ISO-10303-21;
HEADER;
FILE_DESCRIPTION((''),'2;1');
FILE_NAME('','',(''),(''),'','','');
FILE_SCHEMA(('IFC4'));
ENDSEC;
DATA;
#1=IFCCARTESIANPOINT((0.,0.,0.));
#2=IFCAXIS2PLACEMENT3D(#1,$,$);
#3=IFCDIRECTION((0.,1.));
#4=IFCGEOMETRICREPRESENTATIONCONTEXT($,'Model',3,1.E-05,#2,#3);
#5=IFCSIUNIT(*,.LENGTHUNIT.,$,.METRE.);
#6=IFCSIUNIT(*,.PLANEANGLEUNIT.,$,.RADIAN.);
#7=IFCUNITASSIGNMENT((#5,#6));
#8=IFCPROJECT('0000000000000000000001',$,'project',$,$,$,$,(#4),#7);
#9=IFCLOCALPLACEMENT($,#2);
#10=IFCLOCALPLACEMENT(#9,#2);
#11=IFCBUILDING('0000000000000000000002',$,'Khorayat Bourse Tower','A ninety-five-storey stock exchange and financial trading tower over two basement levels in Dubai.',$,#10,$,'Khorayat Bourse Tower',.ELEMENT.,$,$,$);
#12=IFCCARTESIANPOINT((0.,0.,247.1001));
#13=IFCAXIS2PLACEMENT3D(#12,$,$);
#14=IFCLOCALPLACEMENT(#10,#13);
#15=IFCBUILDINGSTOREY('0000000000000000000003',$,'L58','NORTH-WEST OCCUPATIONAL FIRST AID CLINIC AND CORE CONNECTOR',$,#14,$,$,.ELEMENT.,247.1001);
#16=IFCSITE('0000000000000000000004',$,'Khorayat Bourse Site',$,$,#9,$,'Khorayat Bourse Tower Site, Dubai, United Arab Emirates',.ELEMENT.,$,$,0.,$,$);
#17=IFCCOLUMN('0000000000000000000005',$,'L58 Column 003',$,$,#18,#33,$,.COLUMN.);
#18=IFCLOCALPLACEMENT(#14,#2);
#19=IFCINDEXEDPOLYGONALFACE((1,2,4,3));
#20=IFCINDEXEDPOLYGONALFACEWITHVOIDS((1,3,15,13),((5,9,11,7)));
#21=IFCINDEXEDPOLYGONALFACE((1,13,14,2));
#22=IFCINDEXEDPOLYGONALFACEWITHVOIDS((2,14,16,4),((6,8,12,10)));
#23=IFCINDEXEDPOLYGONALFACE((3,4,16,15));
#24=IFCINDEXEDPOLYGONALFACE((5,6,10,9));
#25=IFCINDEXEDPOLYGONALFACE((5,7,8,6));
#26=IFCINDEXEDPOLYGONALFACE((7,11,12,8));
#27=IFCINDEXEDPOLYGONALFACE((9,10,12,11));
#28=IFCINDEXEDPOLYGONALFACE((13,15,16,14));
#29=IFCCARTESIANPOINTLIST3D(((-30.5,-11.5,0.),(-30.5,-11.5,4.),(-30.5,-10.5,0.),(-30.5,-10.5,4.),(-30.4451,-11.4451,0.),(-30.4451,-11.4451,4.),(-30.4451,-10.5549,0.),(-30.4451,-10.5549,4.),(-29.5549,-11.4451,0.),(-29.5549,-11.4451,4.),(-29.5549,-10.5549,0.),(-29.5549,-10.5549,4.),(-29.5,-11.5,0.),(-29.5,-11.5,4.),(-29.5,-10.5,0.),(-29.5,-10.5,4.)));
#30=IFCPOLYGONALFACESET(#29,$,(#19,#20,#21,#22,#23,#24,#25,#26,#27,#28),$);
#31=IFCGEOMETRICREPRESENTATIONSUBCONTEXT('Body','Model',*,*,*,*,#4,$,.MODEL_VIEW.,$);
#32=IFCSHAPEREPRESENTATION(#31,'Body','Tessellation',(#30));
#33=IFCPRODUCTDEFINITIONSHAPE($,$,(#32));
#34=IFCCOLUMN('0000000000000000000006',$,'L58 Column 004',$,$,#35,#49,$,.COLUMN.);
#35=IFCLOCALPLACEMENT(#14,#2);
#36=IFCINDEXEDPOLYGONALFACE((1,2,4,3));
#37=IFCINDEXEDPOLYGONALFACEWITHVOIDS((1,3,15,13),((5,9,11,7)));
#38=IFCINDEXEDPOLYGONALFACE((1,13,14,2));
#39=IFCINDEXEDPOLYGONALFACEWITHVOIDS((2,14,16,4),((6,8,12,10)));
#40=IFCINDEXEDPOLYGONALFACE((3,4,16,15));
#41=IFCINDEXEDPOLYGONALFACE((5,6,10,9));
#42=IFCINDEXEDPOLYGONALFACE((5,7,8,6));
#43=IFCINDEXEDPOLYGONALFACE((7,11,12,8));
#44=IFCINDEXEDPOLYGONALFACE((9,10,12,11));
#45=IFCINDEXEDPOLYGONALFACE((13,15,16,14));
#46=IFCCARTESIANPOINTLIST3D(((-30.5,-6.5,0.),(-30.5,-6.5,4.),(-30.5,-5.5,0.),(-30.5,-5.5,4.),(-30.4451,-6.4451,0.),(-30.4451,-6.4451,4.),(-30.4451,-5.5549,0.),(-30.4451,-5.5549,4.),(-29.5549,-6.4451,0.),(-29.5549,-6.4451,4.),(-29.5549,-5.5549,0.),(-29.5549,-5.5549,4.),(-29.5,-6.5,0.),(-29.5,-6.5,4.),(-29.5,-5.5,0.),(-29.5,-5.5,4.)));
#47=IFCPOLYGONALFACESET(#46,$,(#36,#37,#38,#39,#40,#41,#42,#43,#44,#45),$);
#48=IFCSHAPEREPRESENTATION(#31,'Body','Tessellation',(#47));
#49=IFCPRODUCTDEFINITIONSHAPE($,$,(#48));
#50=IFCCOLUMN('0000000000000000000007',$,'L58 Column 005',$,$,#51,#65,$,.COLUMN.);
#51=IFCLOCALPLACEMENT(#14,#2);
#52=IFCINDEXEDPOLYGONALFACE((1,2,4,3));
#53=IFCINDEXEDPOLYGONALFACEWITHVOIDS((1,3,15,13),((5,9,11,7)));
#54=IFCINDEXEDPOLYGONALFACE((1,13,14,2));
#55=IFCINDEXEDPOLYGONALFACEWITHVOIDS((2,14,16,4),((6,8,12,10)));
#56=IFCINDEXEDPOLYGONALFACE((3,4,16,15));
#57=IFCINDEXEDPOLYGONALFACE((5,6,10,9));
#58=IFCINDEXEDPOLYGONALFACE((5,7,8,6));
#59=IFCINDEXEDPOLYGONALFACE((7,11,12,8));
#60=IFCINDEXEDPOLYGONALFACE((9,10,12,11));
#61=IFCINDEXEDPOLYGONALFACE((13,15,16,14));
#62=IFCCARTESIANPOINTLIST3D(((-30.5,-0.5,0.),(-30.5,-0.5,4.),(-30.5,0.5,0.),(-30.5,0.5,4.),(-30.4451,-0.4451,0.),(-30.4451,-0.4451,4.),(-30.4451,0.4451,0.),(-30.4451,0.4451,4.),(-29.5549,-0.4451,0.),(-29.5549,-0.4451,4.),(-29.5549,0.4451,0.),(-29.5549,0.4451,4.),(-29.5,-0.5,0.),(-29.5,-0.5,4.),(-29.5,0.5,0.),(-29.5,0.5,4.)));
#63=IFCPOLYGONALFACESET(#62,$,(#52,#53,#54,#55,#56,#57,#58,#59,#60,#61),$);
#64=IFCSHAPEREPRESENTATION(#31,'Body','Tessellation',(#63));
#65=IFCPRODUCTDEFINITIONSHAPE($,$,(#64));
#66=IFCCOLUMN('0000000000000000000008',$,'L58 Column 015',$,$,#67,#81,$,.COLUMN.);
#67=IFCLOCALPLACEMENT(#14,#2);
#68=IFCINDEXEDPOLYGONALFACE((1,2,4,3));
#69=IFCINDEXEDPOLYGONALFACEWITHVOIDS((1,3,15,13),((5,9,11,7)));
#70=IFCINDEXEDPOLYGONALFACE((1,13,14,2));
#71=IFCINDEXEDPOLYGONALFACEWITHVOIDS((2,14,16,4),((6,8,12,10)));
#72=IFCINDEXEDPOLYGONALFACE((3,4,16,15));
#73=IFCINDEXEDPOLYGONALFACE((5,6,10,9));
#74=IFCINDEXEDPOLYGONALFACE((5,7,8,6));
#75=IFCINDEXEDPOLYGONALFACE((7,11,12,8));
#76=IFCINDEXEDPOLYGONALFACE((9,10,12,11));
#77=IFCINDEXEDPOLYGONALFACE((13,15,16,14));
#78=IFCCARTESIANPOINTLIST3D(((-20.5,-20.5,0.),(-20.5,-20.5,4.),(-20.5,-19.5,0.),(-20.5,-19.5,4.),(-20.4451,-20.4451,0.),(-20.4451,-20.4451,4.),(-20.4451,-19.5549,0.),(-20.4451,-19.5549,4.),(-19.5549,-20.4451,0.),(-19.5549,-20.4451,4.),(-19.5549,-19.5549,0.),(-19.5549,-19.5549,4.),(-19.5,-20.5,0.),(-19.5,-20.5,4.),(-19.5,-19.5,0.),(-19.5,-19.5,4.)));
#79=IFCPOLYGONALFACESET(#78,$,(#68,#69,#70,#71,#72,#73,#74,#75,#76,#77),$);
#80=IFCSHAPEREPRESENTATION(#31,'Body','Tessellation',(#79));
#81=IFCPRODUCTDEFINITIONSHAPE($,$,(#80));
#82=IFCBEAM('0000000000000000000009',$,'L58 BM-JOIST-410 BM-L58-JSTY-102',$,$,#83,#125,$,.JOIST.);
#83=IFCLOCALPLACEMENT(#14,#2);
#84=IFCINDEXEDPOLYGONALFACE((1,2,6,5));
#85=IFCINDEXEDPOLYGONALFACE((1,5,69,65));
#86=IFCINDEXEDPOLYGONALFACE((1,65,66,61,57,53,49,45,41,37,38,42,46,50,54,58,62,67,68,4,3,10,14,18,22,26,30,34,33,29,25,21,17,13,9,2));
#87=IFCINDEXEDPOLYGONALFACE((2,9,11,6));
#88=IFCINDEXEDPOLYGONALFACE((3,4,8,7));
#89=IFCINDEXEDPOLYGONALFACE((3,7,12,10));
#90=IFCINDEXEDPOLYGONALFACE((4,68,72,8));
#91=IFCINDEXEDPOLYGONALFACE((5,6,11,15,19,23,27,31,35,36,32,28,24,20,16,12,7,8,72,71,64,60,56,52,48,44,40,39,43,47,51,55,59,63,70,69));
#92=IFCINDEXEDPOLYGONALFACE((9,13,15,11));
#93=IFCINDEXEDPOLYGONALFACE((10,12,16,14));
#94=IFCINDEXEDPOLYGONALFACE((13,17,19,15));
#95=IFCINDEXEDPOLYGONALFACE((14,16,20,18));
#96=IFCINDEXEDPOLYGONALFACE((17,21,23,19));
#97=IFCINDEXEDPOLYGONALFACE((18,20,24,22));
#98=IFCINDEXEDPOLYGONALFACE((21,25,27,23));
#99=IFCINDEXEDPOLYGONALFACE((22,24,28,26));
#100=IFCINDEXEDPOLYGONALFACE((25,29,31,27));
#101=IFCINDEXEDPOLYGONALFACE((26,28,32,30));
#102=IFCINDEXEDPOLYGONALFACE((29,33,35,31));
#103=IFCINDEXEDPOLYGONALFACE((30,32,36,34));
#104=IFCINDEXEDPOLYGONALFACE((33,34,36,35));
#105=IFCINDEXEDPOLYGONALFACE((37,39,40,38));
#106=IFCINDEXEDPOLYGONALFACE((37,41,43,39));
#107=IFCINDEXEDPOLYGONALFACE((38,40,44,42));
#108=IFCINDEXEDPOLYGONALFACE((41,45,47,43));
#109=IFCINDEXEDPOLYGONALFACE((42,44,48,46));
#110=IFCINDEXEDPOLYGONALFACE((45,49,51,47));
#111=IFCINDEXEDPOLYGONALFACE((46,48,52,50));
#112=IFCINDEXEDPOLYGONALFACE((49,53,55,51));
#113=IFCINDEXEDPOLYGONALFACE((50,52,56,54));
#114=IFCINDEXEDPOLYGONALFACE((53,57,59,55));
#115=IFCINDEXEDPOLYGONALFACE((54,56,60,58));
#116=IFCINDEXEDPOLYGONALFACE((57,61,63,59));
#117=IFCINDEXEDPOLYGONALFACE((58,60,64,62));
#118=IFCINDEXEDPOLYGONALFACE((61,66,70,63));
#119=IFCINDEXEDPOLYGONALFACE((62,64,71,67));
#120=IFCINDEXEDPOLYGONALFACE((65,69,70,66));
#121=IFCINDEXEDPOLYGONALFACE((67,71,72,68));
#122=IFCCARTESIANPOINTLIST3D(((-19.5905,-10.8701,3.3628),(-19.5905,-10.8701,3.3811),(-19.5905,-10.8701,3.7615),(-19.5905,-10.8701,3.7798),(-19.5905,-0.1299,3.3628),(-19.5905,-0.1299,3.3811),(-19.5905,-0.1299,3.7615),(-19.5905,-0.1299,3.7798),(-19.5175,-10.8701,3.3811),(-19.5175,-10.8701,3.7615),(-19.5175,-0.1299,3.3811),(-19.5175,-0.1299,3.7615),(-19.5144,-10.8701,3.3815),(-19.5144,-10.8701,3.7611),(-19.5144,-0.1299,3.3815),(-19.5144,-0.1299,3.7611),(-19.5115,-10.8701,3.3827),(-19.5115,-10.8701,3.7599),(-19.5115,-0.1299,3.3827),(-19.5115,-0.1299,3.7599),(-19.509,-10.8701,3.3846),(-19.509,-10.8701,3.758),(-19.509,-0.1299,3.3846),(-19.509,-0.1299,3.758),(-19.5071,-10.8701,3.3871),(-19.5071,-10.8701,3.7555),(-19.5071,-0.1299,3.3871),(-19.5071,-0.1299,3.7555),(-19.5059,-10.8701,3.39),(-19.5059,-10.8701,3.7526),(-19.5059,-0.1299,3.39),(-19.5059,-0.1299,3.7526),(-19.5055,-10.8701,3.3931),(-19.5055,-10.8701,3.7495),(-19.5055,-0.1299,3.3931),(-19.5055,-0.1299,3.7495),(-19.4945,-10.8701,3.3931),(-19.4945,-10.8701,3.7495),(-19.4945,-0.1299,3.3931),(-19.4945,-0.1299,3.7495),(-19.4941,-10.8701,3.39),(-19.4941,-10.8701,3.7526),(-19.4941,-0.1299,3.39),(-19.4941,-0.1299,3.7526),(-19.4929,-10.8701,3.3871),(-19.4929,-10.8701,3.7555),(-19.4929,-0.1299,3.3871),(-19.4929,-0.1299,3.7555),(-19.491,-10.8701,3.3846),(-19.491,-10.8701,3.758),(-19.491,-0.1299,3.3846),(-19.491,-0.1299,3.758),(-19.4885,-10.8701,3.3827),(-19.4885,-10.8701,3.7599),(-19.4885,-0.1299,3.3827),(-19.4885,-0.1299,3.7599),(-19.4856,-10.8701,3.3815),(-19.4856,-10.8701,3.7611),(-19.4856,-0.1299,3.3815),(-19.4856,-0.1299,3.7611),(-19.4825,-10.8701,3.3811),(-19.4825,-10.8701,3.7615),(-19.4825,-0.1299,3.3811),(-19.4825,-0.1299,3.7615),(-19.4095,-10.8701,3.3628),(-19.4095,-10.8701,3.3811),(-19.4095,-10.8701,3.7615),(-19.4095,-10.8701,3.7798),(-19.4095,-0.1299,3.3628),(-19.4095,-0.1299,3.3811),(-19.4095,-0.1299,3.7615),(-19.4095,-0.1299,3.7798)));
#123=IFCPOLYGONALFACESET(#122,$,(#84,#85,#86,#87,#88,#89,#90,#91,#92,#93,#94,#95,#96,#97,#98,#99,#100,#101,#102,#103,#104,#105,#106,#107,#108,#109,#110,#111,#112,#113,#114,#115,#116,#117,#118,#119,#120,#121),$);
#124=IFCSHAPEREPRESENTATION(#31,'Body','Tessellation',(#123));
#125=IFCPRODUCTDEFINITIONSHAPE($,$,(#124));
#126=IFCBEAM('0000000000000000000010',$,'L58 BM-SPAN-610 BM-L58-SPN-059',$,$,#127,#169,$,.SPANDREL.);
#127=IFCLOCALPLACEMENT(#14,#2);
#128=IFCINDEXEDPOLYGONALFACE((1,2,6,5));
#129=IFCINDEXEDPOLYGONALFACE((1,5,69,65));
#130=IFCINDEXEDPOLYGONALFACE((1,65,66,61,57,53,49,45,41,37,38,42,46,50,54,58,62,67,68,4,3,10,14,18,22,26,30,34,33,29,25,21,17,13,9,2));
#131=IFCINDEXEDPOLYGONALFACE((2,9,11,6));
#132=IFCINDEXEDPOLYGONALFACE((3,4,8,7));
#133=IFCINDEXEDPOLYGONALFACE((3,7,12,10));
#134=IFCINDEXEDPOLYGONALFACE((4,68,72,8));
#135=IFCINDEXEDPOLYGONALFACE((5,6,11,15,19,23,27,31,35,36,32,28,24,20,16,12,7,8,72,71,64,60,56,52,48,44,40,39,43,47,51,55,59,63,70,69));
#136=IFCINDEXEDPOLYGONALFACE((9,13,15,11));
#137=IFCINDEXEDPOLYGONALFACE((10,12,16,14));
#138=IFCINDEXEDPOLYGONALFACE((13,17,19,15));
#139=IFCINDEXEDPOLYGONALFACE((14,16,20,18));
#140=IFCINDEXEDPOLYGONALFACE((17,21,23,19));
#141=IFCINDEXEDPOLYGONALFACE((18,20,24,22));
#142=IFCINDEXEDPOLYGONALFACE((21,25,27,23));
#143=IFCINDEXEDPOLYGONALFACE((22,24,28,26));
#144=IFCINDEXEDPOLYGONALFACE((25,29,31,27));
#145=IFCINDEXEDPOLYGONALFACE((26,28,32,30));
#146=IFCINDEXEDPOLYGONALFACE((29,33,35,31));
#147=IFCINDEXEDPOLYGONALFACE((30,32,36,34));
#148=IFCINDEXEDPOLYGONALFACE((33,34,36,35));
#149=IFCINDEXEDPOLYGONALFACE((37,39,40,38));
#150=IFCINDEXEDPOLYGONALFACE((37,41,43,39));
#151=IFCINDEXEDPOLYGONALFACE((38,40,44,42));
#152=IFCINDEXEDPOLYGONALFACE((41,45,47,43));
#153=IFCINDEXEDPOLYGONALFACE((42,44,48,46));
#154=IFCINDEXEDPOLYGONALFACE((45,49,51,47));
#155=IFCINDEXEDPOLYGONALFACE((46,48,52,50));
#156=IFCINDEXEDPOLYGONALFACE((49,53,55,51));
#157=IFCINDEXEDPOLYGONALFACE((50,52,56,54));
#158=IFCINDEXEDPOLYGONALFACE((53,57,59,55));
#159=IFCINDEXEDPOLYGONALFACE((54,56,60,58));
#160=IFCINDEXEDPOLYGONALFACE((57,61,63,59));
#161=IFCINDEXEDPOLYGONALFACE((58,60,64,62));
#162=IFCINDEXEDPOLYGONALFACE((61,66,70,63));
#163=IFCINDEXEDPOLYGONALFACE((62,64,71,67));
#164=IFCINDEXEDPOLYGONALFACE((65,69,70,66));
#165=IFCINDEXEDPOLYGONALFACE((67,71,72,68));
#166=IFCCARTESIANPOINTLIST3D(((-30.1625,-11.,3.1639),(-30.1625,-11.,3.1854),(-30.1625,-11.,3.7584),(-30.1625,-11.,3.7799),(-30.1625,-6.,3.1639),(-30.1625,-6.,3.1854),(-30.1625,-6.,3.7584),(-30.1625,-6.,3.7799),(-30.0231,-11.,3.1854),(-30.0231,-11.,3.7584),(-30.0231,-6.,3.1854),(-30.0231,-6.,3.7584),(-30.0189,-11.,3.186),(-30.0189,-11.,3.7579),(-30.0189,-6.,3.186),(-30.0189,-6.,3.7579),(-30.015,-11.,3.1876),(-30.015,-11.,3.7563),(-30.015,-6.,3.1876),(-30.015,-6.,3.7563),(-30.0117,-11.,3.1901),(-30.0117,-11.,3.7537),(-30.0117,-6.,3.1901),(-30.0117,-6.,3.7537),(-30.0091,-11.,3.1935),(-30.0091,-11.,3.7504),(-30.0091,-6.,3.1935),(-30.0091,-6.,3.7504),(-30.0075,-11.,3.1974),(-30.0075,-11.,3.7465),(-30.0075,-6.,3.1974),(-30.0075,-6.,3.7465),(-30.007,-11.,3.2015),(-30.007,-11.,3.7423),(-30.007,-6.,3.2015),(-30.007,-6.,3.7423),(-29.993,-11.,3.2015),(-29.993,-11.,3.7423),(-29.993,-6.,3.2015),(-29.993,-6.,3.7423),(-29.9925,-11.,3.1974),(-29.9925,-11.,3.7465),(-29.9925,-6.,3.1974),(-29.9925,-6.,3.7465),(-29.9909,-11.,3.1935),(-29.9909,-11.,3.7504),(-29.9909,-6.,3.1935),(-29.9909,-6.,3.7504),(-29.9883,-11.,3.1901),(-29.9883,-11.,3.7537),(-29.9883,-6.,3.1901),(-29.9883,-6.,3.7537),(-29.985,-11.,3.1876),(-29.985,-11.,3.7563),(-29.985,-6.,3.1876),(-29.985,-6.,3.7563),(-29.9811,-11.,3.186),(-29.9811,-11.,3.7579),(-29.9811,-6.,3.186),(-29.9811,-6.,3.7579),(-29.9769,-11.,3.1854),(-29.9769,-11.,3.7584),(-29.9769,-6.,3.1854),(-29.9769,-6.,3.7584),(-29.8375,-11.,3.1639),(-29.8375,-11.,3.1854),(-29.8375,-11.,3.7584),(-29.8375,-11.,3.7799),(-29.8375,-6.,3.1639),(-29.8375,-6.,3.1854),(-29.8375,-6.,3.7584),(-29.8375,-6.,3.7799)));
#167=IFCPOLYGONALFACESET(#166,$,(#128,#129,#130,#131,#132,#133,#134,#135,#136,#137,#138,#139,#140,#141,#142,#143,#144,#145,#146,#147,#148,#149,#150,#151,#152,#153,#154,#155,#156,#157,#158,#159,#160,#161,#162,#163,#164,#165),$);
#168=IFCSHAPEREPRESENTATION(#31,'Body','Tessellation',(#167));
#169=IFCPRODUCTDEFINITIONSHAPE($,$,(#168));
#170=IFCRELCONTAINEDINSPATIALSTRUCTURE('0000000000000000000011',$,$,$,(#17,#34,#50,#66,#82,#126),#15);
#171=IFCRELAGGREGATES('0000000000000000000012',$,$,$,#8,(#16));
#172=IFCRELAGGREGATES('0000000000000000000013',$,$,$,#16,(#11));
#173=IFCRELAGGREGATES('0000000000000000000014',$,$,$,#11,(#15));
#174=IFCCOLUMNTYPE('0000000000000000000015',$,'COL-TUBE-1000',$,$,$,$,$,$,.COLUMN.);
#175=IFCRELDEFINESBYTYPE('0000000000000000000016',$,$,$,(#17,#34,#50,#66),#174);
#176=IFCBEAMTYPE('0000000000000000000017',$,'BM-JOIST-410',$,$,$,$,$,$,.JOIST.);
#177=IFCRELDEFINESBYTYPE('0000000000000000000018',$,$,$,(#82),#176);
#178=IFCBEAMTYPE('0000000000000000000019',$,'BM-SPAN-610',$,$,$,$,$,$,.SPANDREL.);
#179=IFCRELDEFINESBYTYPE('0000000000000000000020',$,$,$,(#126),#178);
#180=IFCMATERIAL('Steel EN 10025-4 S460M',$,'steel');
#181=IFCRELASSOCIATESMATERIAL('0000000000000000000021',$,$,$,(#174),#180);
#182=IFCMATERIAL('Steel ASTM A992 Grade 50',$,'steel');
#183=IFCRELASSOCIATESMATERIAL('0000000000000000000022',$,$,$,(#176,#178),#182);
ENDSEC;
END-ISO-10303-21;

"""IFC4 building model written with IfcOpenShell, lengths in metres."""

from ifc_helpers import new_model, si_unit, direction, frame, origin, origin_2d, place, context, subcontext, project, spatial, hollow_rectangle, i_section, extrude, source, transform, mapped, material, material_profile, profile_set, type_object, element, save


model = new_model("IFC4")

# Units and contexts
model_context = context("Model", 3, precision=1e-05, world=origin(), true_north=direction((0.0, 1.0)))
body_context = subcontext(model_context, "Body", "Model", "MODEL_VIEW")
ifc_project = project(units=[si_unit("LENGTHUNIT", "METRE"), si_unit("PLANEANGLEUNIT", "RADIAN")], contexts=[model_context])

# Site, building, storey
site_placement = place(None, origin())
site = spatial("IfcSite", under=ifc_project, at=site_placement, Name="Khorayat Bourse Site", LongName="Khorayat Bourse Tower Site, Dubai, United Arab Emirates", CompositionType="ELEMENT", RefElevation=0.0)
building_placement = place(site_placement, origin())
building = spatial("IfcBuilding", under=site, at=building_placement, Name="Khorayat Bourse Tower", Description="A ninety-five-storey stock exchange and financial trading tower over two basement levels in Dubai.", LongName="Khorayat Bourse Tower", CompositionType="ELEMENT")
storey_placement = place(building_placement, frame((0.0, 0.0, 247.1001)))
storey = spatial("IfcBuildingStorey", under=building, at=storey_placement, Name="L58", Description="NORTH-WEST OCCUPATIONAL FIRST AID CLINIC AND CORE CONNECTOR", CompositionType="ELEMENT", Elevation=247.1001)

# Columns
ifc_material_1 = material(Name="Steel EN 10025-4 S460M", Category="steel")
ifc_material_profile_1 = material_profile(ifc_material_1, hollow_rectangle(XDim=1.0, YDim=1.0, WallThickness=0.0549, at=origin_2d()), Name="BOX 1000x1000x55")
ifc_profile_set_1 = profile_set([ifc_material_profile_1], Name="Steel EN 10025-4 S460M")
column_type = type_object("IfcColumnType", Name="COL-TUBE-1000", PredefinedType="COLUMN", material=ifc_profile_set_1)
shared_shape_1 = source(origin(), body_context, "Body", "SweptSolid", [
    extrude(hollow_rectangle(XDim=1.0, YDim=1.0, WallThickness=0.0549, at=origin_2d()), origin(), (0.0, 0.0, 1.0), 4.0),
])
for number, where, z_axis, x_axis, name in (
    (1, (-30.0, -11.0, 0.0), (0.0, 0.0, 1.0), (1.0, 0.0, 0.0), "L58 Column 003"),
    (2, (-30.0, -6.0, 0.0), (0.0, 0.0, 1.0), (1.0, 0.0, 0.0), "L58 Column 004"),
    (3, (-30.0, 0.0, 0.0), (0.0, 0.0, 1.0), (1.0, 0.0, 0.0), "L58 Column 005"),
    (4, (-20.0, -20.0, 0.0), (0.0, 0.0, 1.0), (1.0, 0.0, 0.0), "L58 Column 015"),
):
    element("IfcColumn", number, at=place(storey_placement, frame(where, z_axis=z_axis, x_axis=x_axis)), inside=storey, type_object=column_type, Name=name, PredefinedType="COLUMN", context=body_context, shape_type="MappedRepresentation", body=[
        mapped(shared_shape_1, transform((0.0, 0.0, 0.0), scale=1.0)),
    ])

# Beams
ifc_material_2 = material(Name="Steel ASTM A992 Grade 50", Category="steel")
ifc_material_profile_2 = material_profile(ifc_material_2, i_section(OverallWidth=0.1809, OverallDepth=0.417, WebThickness=0.011, FlangeThickness=0.0183, FilletRadius=0.012, at=origin_2d()), Name="W410X85")
ifc_profile_set_2 = profile_set([ifc_material_profile_2], Name="Steel ASTM A992 Grade 50")
beam_type_1 = type_object("IfcBeamType", Name="BM-JOIST-410", PredefinedType="JOIST", material=ifc_profile_set_2)
shared_shape_2 = source(origin(), body_context, "Body", "SweptSolid", [
    extrude(i_section(OverallWidth=0.1809, OverallDepth=0.417, WebThickness=0.011, FlangeThickness=0.0183, FilletRadius=0.012, at=origin_2d()), origin(), (0.0, 0.0, 1.0), 10.7402),
])
beam_1_placement = place(storey_placement, frame((-19.5, -10.8701, 3.5713), z_axis=(0.0, 1.0, 0.0), x_axis=(-1.0, 0.0, 0.0)))
element("IfcBeam", 5, at=beam_1_placement, inside=storey, type_object=beam_type_1, Name="L58 BM-JOIST-410 BM-L58-JSTY-102", PredefinedType="JOIST", context=body_context, shape_type="MappedRepresentation", body=[
    mapped(shared_shape_2, transform((0.0, 0.0, 0.0), scale=1.0)),
])
ifc_material_profile_3 = material_profile(ifc_material_2, i_section(OverallWidth=0.325, OverallDepth=0.616, WebThickness=0.0139, FlangeThickness=0.0215, FilletRadius=0.0161, at=origin_2d()), Name="W610X174")
ifc_profile_set_3 = profile_set([ifc_material_profile_3], Name="Steel ASTM A992 Grade 50")
beam_type_2 = type_object("IfcBeamType", Name="BM-SPAN-610", PredefinedType="SPANDREL", material=ifc_profile_set_3)
shared_shape_3 = source(origin(), body_context, "Body", "SweptSolid", [
    extrude(i_section(OverallWidth=0.325, OverallDepth=0.616, WebThickness=0.0139, FlangeThickness=0.0215, FilletRadius=0.0161, at=origin_2d()), origin(), (0.0, 0.0, 1.0), 5.0),
])
beam_2_placement = place(storey_placement, frame((-30.0, -11.0, 3.4719), z_axis=(0.0, 1.0, 0.0), x_axis=(-1.0, 0.0, 0.0)))
element("IfcBeam", 6, at=beam_2_placement, inside=storey, type_object=beam_type_2, Name="L58 BM-SPAN-610 BM-L58-SPN-059", PredefinedType="SPANDREL", context=body_context, shape_type="MappedRepresentation", body=[
    mapped(shared_shape_3, transform((0.0, 0.0, 0.0), scale=1.0)),
])

save(model, "model.ifc")
